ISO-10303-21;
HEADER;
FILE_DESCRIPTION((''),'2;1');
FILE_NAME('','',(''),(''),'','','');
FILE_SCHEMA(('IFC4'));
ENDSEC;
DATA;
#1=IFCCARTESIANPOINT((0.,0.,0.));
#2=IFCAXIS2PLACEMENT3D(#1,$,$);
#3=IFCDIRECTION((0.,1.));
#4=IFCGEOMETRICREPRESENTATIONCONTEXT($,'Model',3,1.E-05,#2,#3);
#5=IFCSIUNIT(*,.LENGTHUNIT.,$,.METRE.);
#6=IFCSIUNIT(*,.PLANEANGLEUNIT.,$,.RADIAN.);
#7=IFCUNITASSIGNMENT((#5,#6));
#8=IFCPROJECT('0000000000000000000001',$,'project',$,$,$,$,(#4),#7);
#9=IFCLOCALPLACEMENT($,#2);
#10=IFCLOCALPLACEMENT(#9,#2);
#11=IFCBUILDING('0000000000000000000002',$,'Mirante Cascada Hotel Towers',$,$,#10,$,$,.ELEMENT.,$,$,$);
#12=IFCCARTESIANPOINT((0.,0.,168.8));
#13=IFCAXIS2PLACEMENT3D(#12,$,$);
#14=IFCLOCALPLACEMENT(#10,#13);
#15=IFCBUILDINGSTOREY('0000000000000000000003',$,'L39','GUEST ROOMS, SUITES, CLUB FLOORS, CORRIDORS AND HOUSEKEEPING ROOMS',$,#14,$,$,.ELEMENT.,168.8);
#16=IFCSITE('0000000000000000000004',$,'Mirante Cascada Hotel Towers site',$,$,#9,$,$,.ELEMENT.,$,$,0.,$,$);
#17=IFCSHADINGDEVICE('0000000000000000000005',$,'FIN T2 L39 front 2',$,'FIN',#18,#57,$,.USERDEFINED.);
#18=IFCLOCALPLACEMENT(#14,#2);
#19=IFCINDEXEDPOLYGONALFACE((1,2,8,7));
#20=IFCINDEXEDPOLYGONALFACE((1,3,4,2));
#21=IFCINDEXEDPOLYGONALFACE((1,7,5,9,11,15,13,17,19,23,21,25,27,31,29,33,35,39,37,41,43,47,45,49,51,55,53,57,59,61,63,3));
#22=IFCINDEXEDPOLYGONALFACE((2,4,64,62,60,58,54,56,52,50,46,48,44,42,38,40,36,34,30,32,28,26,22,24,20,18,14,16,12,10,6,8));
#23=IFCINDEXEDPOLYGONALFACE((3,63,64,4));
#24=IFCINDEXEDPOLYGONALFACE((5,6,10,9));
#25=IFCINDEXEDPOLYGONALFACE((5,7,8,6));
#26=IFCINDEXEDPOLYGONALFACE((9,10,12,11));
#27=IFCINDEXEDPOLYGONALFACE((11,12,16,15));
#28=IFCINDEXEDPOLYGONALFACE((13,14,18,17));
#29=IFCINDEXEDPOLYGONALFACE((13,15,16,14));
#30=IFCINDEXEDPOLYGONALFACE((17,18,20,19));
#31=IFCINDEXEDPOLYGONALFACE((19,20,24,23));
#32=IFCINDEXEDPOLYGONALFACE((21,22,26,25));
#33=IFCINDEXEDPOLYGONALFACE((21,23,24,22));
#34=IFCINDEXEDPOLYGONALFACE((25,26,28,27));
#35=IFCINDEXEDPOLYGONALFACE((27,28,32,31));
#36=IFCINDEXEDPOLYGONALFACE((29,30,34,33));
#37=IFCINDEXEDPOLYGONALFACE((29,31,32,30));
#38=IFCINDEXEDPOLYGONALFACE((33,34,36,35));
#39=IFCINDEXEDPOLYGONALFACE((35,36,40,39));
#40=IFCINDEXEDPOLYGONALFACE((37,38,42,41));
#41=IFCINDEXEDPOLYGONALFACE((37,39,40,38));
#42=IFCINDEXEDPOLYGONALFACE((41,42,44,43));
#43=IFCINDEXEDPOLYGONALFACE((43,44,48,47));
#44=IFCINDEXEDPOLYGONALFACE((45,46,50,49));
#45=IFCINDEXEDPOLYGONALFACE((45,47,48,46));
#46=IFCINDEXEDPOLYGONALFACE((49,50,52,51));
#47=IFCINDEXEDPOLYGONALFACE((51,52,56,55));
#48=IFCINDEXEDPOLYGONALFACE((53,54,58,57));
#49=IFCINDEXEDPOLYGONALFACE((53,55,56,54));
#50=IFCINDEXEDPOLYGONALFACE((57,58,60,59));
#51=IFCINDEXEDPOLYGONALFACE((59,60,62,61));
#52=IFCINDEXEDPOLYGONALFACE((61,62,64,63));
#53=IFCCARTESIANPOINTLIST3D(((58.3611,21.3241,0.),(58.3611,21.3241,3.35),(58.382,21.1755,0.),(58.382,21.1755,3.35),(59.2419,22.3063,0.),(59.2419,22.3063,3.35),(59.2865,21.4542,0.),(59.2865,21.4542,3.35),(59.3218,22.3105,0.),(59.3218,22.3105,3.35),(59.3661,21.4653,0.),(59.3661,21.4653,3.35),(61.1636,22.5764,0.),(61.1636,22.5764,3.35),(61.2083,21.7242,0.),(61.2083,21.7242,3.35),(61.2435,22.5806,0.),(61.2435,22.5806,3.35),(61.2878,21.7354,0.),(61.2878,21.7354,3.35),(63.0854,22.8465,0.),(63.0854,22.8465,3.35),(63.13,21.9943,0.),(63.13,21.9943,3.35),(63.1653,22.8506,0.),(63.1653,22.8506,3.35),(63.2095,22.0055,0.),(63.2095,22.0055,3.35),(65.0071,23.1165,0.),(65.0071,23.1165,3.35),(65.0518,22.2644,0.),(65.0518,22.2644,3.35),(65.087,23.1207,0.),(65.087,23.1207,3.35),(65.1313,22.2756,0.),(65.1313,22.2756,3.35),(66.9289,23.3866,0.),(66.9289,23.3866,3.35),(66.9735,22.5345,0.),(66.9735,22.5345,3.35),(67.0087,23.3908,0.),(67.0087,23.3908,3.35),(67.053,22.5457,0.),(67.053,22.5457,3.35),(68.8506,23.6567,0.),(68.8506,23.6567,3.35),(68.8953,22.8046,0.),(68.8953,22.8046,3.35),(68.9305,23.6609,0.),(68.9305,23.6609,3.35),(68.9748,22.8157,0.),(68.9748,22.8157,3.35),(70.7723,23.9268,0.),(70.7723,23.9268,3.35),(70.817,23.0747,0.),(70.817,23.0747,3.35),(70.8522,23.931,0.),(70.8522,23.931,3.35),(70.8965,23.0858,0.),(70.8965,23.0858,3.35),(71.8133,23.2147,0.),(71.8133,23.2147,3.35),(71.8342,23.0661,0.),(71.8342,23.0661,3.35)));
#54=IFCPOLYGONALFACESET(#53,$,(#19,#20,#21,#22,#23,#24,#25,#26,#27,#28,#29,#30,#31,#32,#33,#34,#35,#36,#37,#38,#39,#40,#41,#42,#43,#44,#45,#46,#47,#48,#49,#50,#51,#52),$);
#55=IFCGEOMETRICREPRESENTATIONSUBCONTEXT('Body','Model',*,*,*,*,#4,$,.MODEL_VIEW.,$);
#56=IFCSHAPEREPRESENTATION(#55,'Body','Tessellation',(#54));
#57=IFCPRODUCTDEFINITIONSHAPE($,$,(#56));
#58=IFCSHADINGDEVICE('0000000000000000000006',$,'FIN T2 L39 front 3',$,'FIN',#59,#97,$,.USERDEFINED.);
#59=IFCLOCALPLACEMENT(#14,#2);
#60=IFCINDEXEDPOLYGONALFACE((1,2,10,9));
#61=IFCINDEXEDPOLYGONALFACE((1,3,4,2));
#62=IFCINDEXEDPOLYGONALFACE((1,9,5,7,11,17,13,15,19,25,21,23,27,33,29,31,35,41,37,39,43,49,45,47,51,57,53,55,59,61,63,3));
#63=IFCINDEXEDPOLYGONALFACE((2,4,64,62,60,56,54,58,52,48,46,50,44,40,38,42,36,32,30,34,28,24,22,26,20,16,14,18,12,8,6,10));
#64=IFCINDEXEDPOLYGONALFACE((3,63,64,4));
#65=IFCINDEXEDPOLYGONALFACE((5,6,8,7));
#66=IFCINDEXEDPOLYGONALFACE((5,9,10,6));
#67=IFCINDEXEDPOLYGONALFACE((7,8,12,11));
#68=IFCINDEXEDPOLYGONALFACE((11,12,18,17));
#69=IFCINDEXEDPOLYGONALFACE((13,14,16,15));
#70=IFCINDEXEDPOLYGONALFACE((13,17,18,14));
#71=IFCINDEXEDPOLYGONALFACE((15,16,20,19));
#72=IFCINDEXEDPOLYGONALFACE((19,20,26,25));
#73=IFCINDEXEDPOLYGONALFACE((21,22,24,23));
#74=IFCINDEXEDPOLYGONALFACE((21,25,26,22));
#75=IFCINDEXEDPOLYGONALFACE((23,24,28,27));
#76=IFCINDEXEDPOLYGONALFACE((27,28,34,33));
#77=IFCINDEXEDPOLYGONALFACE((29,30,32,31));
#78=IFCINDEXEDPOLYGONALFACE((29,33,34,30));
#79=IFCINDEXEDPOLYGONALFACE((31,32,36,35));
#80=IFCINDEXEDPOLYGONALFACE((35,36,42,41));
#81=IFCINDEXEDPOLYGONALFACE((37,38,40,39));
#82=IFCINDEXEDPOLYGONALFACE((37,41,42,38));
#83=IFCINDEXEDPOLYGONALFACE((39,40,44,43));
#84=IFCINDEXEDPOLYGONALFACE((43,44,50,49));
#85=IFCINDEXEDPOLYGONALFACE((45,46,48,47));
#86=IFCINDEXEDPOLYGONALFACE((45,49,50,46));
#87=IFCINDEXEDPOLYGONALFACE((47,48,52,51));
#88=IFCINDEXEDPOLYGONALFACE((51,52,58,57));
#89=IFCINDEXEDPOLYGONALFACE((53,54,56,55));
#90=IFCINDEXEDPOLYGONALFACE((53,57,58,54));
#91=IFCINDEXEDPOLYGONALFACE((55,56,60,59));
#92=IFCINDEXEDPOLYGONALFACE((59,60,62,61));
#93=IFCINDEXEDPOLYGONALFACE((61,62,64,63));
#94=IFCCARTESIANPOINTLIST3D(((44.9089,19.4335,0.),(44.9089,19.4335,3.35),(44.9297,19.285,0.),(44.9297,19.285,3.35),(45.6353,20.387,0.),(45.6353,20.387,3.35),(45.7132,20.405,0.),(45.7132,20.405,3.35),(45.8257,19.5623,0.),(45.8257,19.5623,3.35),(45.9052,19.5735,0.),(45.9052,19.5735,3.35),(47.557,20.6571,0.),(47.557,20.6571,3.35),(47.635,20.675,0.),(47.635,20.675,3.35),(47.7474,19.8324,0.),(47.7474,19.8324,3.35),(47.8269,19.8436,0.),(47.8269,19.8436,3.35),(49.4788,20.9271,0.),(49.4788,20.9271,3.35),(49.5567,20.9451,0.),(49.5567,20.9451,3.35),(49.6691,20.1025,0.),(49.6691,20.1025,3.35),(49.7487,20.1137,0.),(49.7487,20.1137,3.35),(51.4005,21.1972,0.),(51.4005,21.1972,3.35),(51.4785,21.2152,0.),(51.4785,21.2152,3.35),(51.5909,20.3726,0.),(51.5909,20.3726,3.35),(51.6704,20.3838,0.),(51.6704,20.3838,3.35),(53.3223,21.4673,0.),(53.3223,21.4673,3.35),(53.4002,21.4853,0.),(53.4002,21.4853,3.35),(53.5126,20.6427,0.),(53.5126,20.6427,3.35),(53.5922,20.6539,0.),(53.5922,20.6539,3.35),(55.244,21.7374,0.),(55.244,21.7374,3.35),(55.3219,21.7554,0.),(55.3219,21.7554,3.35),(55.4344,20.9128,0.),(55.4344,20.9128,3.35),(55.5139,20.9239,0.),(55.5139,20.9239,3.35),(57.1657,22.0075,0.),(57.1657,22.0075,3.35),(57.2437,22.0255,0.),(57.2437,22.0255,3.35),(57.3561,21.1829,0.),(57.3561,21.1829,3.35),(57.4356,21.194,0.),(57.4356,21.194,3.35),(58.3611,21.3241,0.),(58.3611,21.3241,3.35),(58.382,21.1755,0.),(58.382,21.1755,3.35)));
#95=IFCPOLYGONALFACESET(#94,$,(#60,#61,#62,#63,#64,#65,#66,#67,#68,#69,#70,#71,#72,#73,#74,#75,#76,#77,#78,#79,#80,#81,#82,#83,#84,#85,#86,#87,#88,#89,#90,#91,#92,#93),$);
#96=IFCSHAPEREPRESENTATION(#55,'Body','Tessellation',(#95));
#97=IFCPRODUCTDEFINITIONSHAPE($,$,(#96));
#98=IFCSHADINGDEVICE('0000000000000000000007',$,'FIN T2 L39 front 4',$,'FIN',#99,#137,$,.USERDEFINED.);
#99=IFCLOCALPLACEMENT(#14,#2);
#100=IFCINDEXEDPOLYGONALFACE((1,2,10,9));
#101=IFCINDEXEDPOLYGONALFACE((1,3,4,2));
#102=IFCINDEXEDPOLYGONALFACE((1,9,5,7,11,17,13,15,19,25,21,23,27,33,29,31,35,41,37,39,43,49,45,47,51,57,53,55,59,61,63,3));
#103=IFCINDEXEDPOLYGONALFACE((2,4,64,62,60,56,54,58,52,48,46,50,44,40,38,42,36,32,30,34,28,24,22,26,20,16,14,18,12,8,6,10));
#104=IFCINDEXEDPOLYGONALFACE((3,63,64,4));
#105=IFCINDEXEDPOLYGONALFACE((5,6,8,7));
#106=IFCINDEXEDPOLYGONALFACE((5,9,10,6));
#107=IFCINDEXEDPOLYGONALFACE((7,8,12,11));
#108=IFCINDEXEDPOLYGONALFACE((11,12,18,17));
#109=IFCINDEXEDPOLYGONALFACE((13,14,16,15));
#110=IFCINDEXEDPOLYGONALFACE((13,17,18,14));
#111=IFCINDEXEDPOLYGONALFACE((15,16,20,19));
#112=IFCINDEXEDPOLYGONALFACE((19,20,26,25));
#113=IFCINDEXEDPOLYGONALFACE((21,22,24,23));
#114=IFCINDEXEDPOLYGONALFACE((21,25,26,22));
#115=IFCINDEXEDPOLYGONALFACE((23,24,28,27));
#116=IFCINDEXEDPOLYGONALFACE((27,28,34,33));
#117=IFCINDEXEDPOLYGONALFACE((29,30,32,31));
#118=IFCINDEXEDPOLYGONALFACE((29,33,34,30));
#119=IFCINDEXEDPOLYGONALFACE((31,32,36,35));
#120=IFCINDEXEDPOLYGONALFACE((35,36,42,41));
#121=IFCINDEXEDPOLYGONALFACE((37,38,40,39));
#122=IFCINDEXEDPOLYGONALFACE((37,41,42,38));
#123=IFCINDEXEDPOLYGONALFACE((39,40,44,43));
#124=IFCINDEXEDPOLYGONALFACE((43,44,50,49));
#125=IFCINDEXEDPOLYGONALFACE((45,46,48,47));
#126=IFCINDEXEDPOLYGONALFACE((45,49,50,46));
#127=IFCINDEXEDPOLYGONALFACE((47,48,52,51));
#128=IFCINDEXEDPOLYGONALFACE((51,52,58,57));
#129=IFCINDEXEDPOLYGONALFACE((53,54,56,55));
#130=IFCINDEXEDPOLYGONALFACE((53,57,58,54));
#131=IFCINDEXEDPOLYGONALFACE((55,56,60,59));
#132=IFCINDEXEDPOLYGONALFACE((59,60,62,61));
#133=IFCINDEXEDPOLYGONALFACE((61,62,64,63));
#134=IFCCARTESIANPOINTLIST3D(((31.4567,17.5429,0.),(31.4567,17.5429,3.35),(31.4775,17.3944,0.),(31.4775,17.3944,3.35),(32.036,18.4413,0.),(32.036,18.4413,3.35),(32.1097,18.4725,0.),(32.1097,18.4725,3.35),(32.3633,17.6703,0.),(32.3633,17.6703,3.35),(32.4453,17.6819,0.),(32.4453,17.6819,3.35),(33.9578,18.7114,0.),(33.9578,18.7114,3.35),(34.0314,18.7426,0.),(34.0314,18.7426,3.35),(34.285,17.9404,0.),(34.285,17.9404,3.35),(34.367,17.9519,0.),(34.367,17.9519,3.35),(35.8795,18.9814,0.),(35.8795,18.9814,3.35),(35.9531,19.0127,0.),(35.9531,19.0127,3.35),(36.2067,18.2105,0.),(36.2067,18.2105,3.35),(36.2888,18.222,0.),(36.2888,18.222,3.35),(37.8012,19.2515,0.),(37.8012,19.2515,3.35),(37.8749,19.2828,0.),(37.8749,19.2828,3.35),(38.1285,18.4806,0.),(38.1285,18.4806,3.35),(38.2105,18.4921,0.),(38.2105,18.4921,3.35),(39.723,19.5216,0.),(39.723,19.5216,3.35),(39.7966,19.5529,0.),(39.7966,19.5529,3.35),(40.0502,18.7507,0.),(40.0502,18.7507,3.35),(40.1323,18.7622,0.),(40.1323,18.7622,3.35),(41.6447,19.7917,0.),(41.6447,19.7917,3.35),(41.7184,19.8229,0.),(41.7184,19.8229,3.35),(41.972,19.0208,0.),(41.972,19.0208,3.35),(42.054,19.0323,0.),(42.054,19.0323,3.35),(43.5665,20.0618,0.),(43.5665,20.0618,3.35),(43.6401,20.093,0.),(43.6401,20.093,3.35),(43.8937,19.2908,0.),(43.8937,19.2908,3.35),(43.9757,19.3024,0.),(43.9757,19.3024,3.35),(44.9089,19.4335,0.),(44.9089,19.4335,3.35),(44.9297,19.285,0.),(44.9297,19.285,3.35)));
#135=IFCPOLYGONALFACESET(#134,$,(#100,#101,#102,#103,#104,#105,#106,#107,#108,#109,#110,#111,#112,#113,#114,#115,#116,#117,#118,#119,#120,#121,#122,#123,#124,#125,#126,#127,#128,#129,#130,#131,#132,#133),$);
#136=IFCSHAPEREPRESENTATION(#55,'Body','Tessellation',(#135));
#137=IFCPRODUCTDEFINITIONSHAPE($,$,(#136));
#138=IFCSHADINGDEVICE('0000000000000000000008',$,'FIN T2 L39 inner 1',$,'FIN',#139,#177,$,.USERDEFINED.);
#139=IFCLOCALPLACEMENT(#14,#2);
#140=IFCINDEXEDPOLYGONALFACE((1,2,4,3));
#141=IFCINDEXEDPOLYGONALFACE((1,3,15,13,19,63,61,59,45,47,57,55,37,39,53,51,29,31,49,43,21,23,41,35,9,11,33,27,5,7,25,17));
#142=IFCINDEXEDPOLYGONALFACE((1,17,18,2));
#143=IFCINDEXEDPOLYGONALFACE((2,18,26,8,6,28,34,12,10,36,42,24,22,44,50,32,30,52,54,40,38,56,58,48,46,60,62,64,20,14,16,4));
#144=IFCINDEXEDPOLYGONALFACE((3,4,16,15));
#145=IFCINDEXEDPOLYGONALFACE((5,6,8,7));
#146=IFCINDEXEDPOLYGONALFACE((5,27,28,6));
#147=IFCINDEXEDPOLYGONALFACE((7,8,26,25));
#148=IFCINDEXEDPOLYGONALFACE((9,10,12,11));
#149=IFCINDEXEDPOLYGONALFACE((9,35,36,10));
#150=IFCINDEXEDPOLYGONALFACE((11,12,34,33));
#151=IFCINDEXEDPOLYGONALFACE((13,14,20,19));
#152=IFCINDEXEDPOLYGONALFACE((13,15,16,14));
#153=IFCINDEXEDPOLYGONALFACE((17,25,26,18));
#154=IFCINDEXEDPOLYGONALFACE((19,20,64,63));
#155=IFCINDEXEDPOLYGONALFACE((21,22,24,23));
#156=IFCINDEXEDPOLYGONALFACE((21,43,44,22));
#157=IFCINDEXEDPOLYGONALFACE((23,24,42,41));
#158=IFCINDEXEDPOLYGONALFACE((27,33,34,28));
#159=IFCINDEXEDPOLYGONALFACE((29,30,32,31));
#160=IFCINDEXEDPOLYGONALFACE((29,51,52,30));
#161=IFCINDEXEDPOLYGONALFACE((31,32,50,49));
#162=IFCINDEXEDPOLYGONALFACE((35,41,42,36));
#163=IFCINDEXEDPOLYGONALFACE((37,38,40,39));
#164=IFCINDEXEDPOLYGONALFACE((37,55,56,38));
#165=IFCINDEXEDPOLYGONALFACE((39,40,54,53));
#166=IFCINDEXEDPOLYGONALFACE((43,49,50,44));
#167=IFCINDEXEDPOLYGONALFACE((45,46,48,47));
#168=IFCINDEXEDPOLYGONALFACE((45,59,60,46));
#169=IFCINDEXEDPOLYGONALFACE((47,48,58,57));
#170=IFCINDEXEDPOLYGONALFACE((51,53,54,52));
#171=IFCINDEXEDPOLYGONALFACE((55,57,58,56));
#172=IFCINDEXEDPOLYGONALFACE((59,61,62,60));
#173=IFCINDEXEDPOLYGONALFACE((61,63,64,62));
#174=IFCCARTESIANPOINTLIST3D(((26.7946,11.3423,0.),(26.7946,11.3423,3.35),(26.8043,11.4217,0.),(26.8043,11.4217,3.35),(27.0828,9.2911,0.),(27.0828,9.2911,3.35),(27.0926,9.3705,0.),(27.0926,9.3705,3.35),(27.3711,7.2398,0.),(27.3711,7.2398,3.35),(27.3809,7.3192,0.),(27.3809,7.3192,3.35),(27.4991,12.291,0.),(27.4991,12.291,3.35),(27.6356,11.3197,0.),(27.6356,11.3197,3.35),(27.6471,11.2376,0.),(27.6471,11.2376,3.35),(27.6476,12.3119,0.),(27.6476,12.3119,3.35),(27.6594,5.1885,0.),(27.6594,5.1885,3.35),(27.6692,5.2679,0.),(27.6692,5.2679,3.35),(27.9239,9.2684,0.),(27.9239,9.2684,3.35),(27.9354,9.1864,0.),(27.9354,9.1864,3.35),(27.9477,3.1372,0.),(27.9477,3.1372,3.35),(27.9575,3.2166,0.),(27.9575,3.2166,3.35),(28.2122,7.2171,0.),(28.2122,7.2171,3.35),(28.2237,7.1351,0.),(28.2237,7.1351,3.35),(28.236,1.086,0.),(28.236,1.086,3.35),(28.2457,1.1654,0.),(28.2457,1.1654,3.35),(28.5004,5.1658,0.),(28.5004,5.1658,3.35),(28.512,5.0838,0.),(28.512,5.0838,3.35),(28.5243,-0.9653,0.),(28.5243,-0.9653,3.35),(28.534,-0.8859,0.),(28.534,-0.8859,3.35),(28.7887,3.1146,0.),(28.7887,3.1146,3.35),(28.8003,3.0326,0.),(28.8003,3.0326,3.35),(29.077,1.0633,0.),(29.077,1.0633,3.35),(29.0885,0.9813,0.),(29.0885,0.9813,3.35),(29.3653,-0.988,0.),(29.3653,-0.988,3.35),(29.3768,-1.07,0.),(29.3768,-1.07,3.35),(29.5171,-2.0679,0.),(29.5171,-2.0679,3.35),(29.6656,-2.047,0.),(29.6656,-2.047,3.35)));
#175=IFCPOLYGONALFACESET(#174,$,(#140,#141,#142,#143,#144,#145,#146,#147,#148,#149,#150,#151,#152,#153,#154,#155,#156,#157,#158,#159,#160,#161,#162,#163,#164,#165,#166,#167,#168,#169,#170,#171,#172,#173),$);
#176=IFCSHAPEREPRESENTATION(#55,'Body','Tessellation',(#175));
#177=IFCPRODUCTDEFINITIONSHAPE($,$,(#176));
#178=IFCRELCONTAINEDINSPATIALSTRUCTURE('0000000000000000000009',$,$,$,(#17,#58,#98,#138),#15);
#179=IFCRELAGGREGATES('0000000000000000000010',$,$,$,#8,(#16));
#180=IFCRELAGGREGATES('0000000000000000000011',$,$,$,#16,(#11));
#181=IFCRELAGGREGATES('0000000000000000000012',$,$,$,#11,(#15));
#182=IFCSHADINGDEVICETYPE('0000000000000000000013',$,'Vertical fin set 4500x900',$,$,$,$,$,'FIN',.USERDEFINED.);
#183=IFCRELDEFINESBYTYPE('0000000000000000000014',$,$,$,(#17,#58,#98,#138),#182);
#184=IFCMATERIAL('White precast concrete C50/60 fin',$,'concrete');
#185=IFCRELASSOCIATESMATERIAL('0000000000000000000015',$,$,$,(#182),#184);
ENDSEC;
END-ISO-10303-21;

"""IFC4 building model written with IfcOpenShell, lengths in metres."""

from ifc_helpers import new_model, si_unit, direction, frame, origin, place, context, subcontext, project, spatial, polyline, outline, extrude, material, type_object, element, save


model = new_model("IFC4")

# Units and contexts
model_context = context("Model", 3, precision=1e-05, world=origin(), true_north=direction((0.0, 1.0)))
body_context = subcontext(model_context, "Body", "Model", "MODEL_VIEW")
ifc_project = project(units=[si_unit("LENGTHUNIT", "METRE"), si_unit("PLANEANGLEUNIT", "RADIAN")], contexts=[model_context])

# Site, building, storey
site_placement = place(None, origin())
site = spatial("IfcSite", under=ifc_project, at=site_placement, Name="Mirante Cascada Hotel Towers site", CompositionType="ELEMENT", RefElevation=0.0)
building_placement = place(site_placement, origin())
building = spatial("IfcBuilding", under=site, at=building_placement, Name="Mirante Cascada Hotel Towers", CompositionType="ELEMENT")
storey_placement = place(building_placement, frame((0.0, 0.0, 168.8)))
storey = spatial("IfcBuildingStorey", under=building, at=storey_placement, Name="L39", Description="GUEST ROOMS, SUITES, CLUB FLOORS, CORRIDORS AND HOUSEKEEPING ROOMS", CompositionType="ELEMENT", Elevation=168.8)

# Shading devices
ifc_material_1 = material(Name="White precast concrete C50/60 fin", Category="concrete")
shading_device_type = type_object("IfcShadingDeviceType", Name="Vertical fin set 4500x900", ElementType="FIN", PredefinedType="USERDEFINED", material=ifc_material_1)
shading_device_1_placement = place(storey_placement, origin())
element("IfcShadingDevice", 1, at=shading_device_1_placement, inside=storey, type_object=shading_device_type, Name="FIN T2 L39 front 2", ObjectType="FIN", PredefinedType="USERDEFINED", context=body_context, shape_type="SweptSolid", body=[
    extrude(outline(polyline([(59.3218, 22.3105), (59.3661, 21.4653), (61.2083, 21.7242), (61.1636, 22.5764), (61.2435, 22.5806), (61.2878, 21.7354), (63.13, 21.9943), (63.0854, 22.8465), (63.1653, 22.8506), (63.2095, 22.0055), (65.0518, 22.2644), (65.0071, 23.1165), (65.087, 23.1207), (65.1313, 22.2756), (66.9735, 22.5345), (66.9289, 23.3866), (67.0087, 23.3908), (67.053, 22.5457), (68.8953, 22.8046), (68.8506, 23.6567), (68.9305, 23.6609), (68.9748, 22.8157), (70.817, 23.0747), (70.7723, 23.9268), (70.8522, 23.931), (70.8965, 23.0858), (71.8133, 23.2147), (71.8342, 23.0661), (58.382, 21.1755), (58.3611, 21.3241), (59.2865, 21.4542), (59.2419, 22.3063), (59.3218, 22.3105)])), origin(), (0.0, 0.0, 1.0), 3.35),
])
shading_device_2_placement = place(storey_placement, origin())
element("IfcShadingDevice", 2, at=shading_device_2_placement, inside=storey, type_object=shading_device_type, Name="FIN T2 L39 front 3", ObjectType="FIN", PredefinedType="USERDEFINED", context=body_context, shape_type="SweptSolid", body=[
    extrude(outline(polyline([(45.7132, 20.405), (45.9052, 19.5735), (47.7474, 19.8324), (47.557, 20.6571), (47.635, 20.675), (47.8269, 19.8436), (49.6691, 20.1025), (49.4788, 20.9271), (49.5567, 20.9451), (49.7487, 20.1137), (51.5909, 20.3726), (51.4005, 21.1972), (51.4785, 21.2152), (51.6704, 20.3838), (53.5126, 20.6427), (53.3223, 21.4673), (53.4002, 21.4853), (53.5922, 20.6539), (55.4344, 20.9128), (55.244, 21.7374), (55.3219, 21.7554), (55.5139, 20.9239), (57.3561, 21.1829), (57.1657, 22.0075), (57.2437, 22.0255), (57.4356, 21.194), (58.3611, 21.3241), (58.382, 21.1755), (44.9297, 19.285), (44.9089, 19.4335), (45.8257, 19.5623), (45.6353, 20.387), (45.7132, 20.405)])), origin(), (0.0, 0.0, 1.0), 3.35),
])
shading_device_3_placement = place(storey_placement, origin())
element("IfcShadingDevice", 3, at=shading_device_3_placement, inside=storey, type_object=shading_device_type, Name="FIN T2 L39 front 4", ObjectType="FIN", PredefinedType="USERDEFINED", context=body_context, shape_type="SweptSolid", body=[
    extrude(outline(polyline([(32.1097, 18.4725), (32.4453, 17.6819), (34.285, 17.9404), (33.9578, 18.7114), (34.0314, 18.7426), (34.367, 17.9519), (36.2067, 18.2105), (35.8795, 18.9814), (35.9531, 19.0127), (36.2888, 18.222), (38.1285, 18.4806), (37.8012, 19.2515), (37.8749, 19.2828), (38.2105, 18.4921), (40.0502, 18.7507), (39.723, 19.5216), (39.7966, 19.5529), (40.1323, 18.7622), (41.972, 19.0208), (41.6447, 19.7917), (41.7184, 19.8229), (42.054, 19.0323), (43.8937, 19.2908), (43.5665, 20.0618), (43.6401, 20.093), (43.9757, 19.3024), (44.9089, 19.4335), (44.9297, 19.285), (31.4775, 17.3944), (31.4567, 17.5429), (32.3633, 17.6703), (32.036, 18.4413), (32.1097, 18.4725)])), origin(), (0.0, 0.0, 1.0), 3.35),
])
shading_device_4_placement = place(storey_placement, origin())
element("IfcShadingDevice", 4, at=shading_device_4_placement, inside=storey, type_object=shading_device_type, Name="FIN T2 L39 inner 1", ObjectType="FIN", PredefinedType="USERDEFINED", context=body_context, shape_type="SweptSolid", body=[
    extrude(outline(polyline([(28.534, -0.8859), (29.3653, -0.988), (29.0885, 0.9813), (28.236, 1.086), (28.2457, 1.1654), (29.077, 1.0633), (28.8003, 3.0326), (27.9477, 3.1372), (27.9575, 3.2166), (28.7887, 3.1146), (28.512, 5.0838), (27.6594, 5.1885), (27.6692, 5.2679), (28.5004, 5.1658), (28.2237, 7.1351), (27.3711, 7.2398), (27.3809, 7.3192), (28.2122, 7.2171), (27.9354, 9.1864), (27.0828, 9.2911), (27.0926, 9.3705), (27.9239, 9.2684), (27.6471, 11.2376), (26.7946, 11.3423), (26.8043, 11.4217), (27.6356, 11.3197), (27.4991, 12.291), (27.6476, 12.3119), (29.6656, -2.047), (29.5171, -2.0679), (29.3768, -1.07), (28.5243, -0.9653), (28.534, -0.8859)])), origin(), (0.0, 0.0, 1.0), 3.35),
])

save(model, "model.ifc")
